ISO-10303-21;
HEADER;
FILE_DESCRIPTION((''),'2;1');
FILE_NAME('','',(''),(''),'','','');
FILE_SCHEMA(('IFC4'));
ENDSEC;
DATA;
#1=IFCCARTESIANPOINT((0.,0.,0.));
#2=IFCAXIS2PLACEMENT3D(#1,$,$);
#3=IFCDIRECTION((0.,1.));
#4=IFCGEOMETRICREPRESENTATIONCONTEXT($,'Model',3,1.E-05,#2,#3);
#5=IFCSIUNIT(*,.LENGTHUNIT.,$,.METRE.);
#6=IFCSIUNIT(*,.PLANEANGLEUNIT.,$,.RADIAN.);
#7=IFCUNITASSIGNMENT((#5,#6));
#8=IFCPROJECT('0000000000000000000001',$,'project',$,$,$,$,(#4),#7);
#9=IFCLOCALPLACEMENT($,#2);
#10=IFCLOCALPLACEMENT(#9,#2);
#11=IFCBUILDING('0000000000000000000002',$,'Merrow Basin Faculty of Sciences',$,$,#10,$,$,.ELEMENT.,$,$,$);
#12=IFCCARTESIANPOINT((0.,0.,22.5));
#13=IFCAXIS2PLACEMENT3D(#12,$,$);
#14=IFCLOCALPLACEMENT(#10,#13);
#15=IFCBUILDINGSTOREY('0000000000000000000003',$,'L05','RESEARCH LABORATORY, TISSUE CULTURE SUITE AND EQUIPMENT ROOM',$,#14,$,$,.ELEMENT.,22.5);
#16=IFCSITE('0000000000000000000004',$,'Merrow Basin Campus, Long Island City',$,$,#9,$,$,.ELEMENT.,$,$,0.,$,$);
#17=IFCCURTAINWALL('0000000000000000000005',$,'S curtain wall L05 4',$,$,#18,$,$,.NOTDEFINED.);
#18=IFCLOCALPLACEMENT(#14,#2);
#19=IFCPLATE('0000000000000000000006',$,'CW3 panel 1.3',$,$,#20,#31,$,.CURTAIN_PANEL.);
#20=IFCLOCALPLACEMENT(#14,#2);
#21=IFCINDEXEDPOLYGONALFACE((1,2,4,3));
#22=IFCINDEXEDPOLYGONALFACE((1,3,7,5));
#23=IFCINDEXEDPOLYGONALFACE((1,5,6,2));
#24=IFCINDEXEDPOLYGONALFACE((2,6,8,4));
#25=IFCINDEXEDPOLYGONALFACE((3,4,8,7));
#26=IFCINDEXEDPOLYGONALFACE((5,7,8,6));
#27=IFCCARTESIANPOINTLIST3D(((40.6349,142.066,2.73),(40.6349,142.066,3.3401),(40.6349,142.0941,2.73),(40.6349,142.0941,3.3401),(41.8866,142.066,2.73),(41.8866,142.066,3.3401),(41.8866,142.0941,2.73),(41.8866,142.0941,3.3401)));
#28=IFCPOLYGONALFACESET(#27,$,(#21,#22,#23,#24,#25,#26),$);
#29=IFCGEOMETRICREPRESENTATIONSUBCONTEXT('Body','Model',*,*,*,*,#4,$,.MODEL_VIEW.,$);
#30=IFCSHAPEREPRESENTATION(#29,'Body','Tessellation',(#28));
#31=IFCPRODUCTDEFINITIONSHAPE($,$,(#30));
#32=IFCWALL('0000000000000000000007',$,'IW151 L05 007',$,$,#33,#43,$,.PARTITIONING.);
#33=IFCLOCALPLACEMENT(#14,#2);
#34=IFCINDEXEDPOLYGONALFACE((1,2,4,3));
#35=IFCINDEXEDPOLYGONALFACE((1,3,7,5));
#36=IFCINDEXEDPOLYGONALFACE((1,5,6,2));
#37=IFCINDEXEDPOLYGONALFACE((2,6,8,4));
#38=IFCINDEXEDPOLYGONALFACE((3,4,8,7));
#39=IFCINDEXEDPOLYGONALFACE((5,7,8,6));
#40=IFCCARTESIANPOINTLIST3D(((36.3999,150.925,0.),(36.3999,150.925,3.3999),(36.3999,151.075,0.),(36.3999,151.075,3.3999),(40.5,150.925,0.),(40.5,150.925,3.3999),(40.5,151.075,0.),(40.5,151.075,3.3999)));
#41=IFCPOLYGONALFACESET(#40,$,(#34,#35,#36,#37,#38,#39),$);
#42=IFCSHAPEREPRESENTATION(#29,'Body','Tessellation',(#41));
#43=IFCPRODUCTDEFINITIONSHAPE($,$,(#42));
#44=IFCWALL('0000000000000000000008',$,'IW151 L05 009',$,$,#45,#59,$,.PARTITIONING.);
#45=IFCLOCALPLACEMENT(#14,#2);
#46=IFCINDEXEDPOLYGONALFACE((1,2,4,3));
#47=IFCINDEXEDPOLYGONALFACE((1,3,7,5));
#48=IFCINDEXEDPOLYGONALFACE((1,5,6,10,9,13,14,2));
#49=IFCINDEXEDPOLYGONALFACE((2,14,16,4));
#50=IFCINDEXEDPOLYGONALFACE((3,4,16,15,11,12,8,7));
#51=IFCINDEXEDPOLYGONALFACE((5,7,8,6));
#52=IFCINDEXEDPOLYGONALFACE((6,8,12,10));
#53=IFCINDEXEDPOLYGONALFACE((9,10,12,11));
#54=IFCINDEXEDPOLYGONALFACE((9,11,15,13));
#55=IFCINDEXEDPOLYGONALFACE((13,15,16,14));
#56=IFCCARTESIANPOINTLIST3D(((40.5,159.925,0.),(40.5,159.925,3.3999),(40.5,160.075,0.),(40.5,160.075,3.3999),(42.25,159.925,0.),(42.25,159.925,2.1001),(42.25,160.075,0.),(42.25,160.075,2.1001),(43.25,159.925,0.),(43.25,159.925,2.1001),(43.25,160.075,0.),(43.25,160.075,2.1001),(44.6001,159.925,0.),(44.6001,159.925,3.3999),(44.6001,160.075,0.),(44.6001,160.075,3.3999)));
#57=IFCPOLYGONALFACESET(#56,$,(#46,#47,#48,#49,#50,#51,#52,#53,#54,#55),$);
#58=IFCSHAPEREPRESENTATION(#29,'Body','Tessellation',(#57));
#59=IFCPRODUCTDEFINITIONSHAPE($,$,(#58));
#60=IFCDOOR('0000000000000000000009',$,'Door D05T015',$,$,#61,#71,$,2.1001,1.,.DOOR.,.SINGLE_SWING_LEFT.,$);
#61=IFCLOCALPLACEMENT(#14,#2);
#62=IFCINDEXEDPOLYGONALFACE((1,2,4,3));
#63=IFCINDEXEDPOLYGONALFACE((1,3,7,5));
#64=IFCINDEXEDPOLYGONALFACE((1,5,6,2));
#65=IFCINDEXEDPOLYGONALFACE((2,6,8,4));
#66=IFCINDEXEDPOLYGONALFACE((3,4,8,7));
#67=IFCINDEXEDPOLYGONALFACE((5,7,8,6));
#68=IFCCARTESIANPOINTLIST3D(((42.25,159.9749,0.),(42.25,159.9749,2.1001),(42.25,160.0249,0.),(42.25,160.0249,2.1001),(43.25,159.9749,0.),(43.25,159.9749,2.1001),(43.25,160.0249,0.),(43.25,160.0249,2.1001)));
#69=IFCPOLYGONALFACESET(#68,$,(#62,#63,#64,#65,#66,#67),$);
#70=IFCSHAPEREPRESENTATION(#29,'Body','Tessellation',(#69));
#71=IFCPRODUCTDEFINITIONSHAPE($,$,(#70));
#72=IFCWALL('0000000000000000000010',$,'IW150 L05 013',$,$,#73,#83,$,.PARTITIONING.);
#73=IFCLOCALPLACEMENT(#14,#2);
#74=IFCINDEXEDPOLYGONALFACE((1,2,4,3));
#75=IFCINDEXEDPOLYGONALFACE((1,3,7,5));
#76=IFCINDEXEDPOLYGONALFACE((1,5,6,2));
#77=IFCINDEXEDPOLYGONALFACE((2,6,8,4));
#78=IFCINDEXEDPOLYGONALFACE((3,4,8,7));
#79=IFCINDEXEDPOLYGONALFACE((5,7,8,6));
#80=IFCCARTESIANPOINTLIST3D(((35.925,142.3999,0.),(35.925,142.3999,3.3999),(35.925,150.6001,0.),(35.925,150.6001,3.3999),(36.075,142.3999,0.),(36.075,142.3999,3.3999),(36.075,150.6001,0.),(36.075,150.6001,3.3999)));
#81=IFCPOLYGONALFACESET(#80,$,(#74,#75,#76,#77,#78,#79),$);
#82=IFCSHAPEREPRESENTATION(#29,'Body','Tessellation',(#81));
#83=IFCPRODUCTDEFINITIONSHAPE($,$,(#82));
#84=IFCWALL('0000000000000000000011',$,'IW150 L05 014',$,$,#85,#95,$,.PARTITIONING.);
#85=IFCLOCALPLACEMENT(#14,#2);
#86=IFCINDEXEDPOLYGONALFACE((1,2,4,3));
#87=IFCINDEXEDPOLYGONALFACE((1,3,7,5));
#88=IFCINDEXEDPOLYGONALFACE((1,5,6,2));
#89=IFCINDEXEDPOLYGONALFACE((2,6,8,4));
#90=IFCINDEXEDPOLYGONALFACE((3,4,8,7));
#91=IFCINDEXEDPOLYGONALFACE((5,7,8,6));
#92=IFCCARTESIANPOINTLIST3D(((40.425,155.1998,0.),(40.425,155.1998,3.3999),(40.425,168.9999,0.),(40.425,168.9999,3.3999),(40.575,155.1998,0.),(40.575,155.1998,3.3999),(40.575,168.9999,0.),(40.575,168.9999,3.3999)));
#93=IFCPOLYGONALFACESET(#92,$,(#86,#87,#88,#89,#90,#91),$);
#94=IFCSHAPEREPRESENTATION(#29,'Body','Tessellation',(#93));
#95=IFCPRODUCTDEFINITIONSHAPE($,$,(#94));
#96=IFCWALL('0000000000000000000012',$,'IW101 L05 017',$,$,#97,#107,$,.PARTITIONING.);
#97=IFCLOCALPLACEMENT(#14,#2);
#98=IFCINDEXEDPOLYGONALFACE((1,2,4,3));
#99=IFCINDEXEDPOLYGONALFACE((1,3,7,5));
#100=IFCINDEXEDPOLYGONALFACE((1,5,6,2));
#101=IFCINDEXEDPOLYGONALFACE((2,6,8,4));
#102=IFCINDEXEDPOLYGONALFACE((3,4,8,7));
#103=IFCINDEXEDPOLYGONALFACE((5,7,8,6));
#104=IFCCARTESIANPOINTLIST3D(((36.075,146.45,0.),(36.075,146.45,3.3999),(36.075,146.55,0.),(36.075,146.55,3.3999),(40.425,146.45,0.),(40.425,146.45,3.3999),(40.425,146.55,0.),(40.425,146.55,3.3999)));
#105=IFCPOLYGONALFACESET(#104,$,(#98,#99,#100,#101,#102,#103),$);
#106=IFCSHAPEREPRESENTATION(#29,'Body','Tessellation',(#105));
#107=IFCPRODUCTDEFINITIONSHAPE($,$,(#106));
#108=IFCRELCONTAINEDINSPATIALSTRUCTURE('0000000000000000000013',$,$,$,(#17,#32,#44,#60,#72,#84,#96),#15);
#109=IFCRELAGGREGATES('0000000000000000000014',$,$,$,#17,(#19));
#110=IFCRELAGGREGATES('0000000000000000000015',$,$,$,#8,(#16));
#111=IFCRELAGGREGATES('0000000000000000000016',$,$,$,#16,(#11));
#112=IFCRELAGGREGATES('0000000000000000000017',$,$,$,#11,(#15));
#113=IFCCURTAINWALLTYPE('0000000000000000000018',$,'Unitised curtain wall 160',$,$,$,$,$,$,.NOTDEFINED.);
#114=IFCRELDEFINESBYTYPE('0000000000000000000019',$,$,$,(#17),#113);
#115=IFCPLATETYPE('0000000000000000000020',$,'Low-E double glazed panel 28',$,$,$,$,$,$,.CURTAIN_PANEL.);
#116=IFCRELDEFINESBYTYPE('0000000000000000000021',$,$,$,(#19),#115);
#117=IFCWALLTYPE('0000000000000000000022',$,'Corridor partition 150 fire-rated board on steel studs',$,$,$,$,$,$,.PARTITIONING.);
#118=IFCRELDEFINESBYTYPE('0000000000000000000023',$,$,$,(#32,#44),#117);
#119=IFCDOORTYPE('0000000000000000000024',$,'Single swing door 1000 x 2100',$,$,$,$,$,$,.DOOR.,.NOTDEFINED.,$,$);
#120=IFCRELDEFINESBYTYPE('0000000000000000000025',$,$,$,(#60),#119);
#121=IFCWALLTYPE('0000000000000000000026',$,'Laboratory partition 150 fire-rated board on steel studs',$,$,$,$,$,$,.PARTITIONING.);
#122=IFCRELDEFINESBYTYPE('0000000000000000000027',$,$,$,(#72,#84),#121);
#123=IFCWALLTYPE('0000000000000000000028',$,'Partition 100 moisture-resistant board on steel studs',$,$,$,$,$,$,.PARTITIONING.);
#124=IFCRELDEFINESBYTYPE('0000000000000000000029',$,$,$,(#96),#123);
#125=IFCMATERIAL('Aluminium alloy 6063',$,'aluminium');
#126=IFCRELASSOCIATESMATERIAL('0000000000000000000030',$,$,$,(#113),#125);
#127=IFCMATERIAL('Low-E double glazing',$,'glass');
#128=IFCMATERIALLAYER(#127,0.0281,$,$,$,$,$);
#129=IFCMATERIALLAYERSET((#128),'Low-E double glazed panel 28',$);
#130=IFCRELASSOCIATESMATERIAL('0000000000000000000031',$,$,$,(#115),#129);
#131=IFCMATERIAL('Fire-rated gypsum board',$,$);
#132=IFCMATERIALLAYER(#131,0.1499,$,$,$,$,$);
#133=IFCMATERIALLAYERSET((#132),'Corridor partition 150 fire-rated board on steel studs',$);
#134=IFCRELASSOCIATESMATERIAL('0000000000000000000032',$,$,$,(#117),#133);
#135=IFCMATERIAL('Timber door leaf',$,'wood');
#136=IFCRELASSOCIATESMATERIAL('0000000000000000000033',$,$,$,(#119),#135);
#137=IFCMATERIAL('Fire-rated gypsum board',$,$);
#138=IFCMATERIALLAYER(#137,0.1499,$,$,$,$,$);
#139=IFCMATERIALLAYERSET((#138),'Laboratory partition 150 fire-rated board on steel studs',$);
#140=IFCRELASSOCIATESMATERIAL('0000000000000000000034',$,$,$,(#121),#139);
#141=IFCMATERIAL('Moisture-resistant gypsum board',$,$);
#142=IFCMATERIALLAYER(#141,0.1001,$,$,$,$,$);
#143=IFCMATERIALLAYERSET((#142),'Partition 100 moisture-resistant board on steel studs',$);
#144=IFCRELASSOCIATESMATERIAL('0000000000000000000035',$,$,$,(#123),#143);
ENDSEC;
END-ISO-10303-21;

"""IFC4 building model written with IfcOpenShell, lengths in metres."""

from ifc_helpers import new_model, si_unit, direction, frame, frame_2d, origin, origin_2d, place, context, subcontext, project, spatial, rectangle, extrude, material, layer, layer_set, type_object, element, fill, aggregate, save


model = new_model("IFC4")

# Units and contexts
model_context = context("Model", 3, precision=1e-05, world=origin(), true_north=direction((0.0, 1.0)))
body_context = subcontext(model_context, "Body", "Model", "MODEL_VIEW")
ifc_project = project(units=[si_unit("LENGTHUNIT", "METRE"), si_unit("PLANEANGLEUNIT", "RADIAN")], contexts=[model_context])

# Site, building, storey
site_placement = place(None, origin())
site = spatial("IfcSite", under=ifc_project, at=site_placement, Name="Merrow Basin Campus, Long Island City", CompositionType="ELEMENT", RefElevation=0.0)
building_placement = place(site_placement, origin())
building = spatial("IfcBuilding", under=site, at=building_placement, Name="Merrow Basin Faculty of Sciences", CompositionType="ELEMENT")
storey_placement = place(building_placement, frame((0.0, 0.0, 22.5)))
storey = spatial("IfcBuildingStorey", under=building, at=storey_placement, Name="L05", Description="RESEARCH LABORATORY, TISSUE CULTURE SUITE AND EQUIPMENT ROOM", CompositionType="ELEMENT", Elevation=22.5)

# Curtain wall
ifc_material_1 = material(Name="Aluminium alloy 6063", Category="aluminium")
curtain_wall_type = type_object("IfcCurtainWallType", Name="Unitised curtain wall 160", PredefinedType="NOTDEFINED", material=ifc_material_1)
curtain_wall_placement = place(storey_placement, origin())
curtain_wall = element("IfcCurtainWall", 1, at=curtain_wall_placement, inside=storey, type_object=curtain_wall_type, Name="S curtain wall L05 4", PredefinedType="NOTDEFINED")

# Plate
ifc_material_2 = material(Name="Low-E double glazing", Category="glass")
ifc_layer_1 = layer(ifc_material_2, 0.0281)
ifc_layer_set_1 = layer_set([ifc_layer_1], Name="Low-E double glazed panel 28")
plate_type_1 = type_object("IfcPlateType", Name="Low-E double glazed panel 28", PredefinedType="CURTAIN_PANEL", material=ifc_layer_set_1)
plate_1_placement = place(storey_placement, frame((41.2607, 142.0801, 2.73), z_axis=(0.0, 0.0, 1.0), x_axis=(1.0, 0.0, 0.0)))
plate_1 = element("IfcPlate", 2, at=plate_1_placement, type_object=plate_type_1, Name="CW3 panel 1.3", PredefinedType="CURTAIN_PANEL", context=body_context, shape_type="SweptSolid", body=[
    extrude(rectangle(XDim=1.2517, YDim=0.0281, at=origin_2d()), origin(), (0.0, 0.0, 1.0), 0.6101),
])
aggregate(curtain_wall, [plate_1])

# Wall
ifc_material_3 = material(Name="Fire-rated gypsum board")
ifc_layer_2 = layer(ifc_material_3, 0.1499)
ifc_layer_set_2 = layer_set([ifc_layer_2], Name="Corridor partition 150 fire-rated board on steel studs")
wall_type_1 = type_object("IfcWallType", Name="Corridor partition 150 fire-rated board on steel studs", PredefinedType="PARTITIONING", material=ifc_layer_set_2)
wall_1_placement = place(storey_placement, frame((36.3999, 151.0, 0.0), z_axis=(0.0, 0.0, 1.0), x_axis=(1.0, 0.0, 0.0)))
element("IfcWall", 3, at=wall_1_placement, inside=storey, type_object=wall_type_1, Name="IW151 L05 007", PredefinedType="PARTITIONING", context=body_context, shape_type="SweptSolid", body=[
    extrude(rectangle(XDim=4.1001, YDim=0.1499, at=frame_2d((2.05, 0.0))), origin(), (0.0, 0.0, 1.0), 3.3999),
])

# Wall, opening, door
wall_2_placement = place(storey_placement, frame((40.5, 160.0, 0.0), z_axis=(0.0, 0.0, 1.0), x_axis=(1.0, 0.0, 0.0)))
wall_2 = element("IfcWall", 4, at=wall_2_placement, inside=storey, type_object=wall_type_1, Name="IW151 L05 009", PredefinedType="PARTITIONING", context=body_context, shape_type="SweptSolid", body=[
    extrude(rectangle(XDim=4.1001, YDim=0.1499, at=frame_2d((2.05, 0.0))), origin(), (0.0, 0.0, 1.0), 3.3999),
])
opening_placement = place(wall_2_placement, frame((1.75, 0.0, 0.0)))
opening = element("IfcOpeningElement", 5, at=opening_placement, cuts=wall_2, PredefinedType="OPENING", context=body_context, shape_type="SweptSolid", body=[
    extrude(rectangle(XDim=1.0, YDim=2.1001, at=frame_2d((0.5, 1.05))), frame((0.0, 0.085, 0.0), z_axis=(0.0, -1.0, 0.0), x_axis=(1.0, 0.0, 0.0)), (0.0, 0.0, 1.0), 0.1699),
])
ifc_material_4 = material(Name="Timber door leaf", Category="wood")
door_type = type_object("IfcDoorType", Name="Single swing door 1000 x 2100", OperationType="NOTDEFINED", PredefinedType="DOOR", material=ifc_material_4)
door_placement = place(opening_placement, origin())
door = element("IfcDoor", 6, at=door_placement, inside=storey, type_object=door_type, Name="Door D05T015", OperationType="SINGLE_SWING_LEFT", OverallHeight=2.1001, OverallWidth=1.0, PredefinedType="DOOR", context=body_context, shape_type="SweptSolid", body=[
    extrude(rectangle(XDim=1.0, YDim=2.1001, at=frame_2d((0.5, 1.05))), frame((0.0, 0.0249, 0.0), z_axis=(0.0, -1.0, 0.0), x_axis=(1.0, 0.0, 0.0)), (0.0, 0.0, 1.0), 0.05),
])
fill(opening, door)

# Walls
ifc_material_5 = material(Name="Fire-rated gypsum board")
ifc_layer_3 = layer(ifc_material_5, 0.1499)
ifc_layer_set_3 = layer_set([ifc_layer_3], Name="Laboratory partition 150 fire-rated board on steel studs")
wall_type_2 = type_object("IfcWallType", Name="Laboratory partition 150 fire-rated board on steel studs", PredefinedType="PARTITIONING", material=ifc_layer_set_3)
wall_3_placement = place(storey_placement, frame((36.0, 142.3999, 0.0), z_axis=(0.0, 0.0, 1.0), x_axis=(0.0, 1.0, 0.0)))
element("IfcWall", 7, at=wall_3_placement, inside=storey, type_object=wall_type_2, Name="IW150 L05 013", PredefinedType="PARTITIONING", context=body_context, shape_type="SweptSolid", body=[
    extrude(rectangle(XDim=8.2002, YDim=0.1499, at=frame_2d((4.1001, 0.0))), origin(), (0.0, 0.0, 1.0), 3.3999),
])
wall_4_placement = place(storey_placement, frame((40.5, 155.2, 0.0), z_axis=(0.0, 0.0, 1.0), x_axis=(0.0, 1.0, 0.0)))
element("IfcWall", 8, at=wall_4_placement, inside=storey, type_object=wall_type_2, Name="IW150 L05 014", PredefinedType="PARTITIONING", context=body_context, shape_type="SweptSolid", body=[
    extrude(rectangle(XDim=13.8, YDim=0.1499, at=frame_2d((6.8999, 0.0))), origin(), (0.0, 0.0, 1.0), 3.3999),
])
ifc_material_6 = material(Name="Moisture-resistant gypsum board")
ifc_layer_4 = layer(ifc_material_6, 0.1001)
ifc_layer_set_4 = layer_set([ifc_layer_4], Name="Partition 100 moisture-resistant board on steel studs")
wall_type_3 = type_object("IfcWallType", Name="Partition 100 moisture-resistant board on steel studs", PredefinedType="PARTITIONING", material=ifc_layer_set_4)
wall_5_placement = place(storey_placement, frame((36.075, 146.5, 0.0), z_axis=(0.0, 0.0, 1.0), x_axis=(1.0, 0.0, 0.0)))
element("IfcWall", 9, at=wall_5_placement, inside=storey, type_object=wall_type_3, Name="IW101 L05 017", PredefinedType="PARTITIONING", context=body_context, shape_type="SweptSolid", body=[
    extrude(rectangle(XDim=4.3501, YDim=0.1001, at=frame_2d((2.175, 0.0))), origin(), (0.0, 0.0, 1.0), 3.3999),
])

save(model, "model.ifc")
